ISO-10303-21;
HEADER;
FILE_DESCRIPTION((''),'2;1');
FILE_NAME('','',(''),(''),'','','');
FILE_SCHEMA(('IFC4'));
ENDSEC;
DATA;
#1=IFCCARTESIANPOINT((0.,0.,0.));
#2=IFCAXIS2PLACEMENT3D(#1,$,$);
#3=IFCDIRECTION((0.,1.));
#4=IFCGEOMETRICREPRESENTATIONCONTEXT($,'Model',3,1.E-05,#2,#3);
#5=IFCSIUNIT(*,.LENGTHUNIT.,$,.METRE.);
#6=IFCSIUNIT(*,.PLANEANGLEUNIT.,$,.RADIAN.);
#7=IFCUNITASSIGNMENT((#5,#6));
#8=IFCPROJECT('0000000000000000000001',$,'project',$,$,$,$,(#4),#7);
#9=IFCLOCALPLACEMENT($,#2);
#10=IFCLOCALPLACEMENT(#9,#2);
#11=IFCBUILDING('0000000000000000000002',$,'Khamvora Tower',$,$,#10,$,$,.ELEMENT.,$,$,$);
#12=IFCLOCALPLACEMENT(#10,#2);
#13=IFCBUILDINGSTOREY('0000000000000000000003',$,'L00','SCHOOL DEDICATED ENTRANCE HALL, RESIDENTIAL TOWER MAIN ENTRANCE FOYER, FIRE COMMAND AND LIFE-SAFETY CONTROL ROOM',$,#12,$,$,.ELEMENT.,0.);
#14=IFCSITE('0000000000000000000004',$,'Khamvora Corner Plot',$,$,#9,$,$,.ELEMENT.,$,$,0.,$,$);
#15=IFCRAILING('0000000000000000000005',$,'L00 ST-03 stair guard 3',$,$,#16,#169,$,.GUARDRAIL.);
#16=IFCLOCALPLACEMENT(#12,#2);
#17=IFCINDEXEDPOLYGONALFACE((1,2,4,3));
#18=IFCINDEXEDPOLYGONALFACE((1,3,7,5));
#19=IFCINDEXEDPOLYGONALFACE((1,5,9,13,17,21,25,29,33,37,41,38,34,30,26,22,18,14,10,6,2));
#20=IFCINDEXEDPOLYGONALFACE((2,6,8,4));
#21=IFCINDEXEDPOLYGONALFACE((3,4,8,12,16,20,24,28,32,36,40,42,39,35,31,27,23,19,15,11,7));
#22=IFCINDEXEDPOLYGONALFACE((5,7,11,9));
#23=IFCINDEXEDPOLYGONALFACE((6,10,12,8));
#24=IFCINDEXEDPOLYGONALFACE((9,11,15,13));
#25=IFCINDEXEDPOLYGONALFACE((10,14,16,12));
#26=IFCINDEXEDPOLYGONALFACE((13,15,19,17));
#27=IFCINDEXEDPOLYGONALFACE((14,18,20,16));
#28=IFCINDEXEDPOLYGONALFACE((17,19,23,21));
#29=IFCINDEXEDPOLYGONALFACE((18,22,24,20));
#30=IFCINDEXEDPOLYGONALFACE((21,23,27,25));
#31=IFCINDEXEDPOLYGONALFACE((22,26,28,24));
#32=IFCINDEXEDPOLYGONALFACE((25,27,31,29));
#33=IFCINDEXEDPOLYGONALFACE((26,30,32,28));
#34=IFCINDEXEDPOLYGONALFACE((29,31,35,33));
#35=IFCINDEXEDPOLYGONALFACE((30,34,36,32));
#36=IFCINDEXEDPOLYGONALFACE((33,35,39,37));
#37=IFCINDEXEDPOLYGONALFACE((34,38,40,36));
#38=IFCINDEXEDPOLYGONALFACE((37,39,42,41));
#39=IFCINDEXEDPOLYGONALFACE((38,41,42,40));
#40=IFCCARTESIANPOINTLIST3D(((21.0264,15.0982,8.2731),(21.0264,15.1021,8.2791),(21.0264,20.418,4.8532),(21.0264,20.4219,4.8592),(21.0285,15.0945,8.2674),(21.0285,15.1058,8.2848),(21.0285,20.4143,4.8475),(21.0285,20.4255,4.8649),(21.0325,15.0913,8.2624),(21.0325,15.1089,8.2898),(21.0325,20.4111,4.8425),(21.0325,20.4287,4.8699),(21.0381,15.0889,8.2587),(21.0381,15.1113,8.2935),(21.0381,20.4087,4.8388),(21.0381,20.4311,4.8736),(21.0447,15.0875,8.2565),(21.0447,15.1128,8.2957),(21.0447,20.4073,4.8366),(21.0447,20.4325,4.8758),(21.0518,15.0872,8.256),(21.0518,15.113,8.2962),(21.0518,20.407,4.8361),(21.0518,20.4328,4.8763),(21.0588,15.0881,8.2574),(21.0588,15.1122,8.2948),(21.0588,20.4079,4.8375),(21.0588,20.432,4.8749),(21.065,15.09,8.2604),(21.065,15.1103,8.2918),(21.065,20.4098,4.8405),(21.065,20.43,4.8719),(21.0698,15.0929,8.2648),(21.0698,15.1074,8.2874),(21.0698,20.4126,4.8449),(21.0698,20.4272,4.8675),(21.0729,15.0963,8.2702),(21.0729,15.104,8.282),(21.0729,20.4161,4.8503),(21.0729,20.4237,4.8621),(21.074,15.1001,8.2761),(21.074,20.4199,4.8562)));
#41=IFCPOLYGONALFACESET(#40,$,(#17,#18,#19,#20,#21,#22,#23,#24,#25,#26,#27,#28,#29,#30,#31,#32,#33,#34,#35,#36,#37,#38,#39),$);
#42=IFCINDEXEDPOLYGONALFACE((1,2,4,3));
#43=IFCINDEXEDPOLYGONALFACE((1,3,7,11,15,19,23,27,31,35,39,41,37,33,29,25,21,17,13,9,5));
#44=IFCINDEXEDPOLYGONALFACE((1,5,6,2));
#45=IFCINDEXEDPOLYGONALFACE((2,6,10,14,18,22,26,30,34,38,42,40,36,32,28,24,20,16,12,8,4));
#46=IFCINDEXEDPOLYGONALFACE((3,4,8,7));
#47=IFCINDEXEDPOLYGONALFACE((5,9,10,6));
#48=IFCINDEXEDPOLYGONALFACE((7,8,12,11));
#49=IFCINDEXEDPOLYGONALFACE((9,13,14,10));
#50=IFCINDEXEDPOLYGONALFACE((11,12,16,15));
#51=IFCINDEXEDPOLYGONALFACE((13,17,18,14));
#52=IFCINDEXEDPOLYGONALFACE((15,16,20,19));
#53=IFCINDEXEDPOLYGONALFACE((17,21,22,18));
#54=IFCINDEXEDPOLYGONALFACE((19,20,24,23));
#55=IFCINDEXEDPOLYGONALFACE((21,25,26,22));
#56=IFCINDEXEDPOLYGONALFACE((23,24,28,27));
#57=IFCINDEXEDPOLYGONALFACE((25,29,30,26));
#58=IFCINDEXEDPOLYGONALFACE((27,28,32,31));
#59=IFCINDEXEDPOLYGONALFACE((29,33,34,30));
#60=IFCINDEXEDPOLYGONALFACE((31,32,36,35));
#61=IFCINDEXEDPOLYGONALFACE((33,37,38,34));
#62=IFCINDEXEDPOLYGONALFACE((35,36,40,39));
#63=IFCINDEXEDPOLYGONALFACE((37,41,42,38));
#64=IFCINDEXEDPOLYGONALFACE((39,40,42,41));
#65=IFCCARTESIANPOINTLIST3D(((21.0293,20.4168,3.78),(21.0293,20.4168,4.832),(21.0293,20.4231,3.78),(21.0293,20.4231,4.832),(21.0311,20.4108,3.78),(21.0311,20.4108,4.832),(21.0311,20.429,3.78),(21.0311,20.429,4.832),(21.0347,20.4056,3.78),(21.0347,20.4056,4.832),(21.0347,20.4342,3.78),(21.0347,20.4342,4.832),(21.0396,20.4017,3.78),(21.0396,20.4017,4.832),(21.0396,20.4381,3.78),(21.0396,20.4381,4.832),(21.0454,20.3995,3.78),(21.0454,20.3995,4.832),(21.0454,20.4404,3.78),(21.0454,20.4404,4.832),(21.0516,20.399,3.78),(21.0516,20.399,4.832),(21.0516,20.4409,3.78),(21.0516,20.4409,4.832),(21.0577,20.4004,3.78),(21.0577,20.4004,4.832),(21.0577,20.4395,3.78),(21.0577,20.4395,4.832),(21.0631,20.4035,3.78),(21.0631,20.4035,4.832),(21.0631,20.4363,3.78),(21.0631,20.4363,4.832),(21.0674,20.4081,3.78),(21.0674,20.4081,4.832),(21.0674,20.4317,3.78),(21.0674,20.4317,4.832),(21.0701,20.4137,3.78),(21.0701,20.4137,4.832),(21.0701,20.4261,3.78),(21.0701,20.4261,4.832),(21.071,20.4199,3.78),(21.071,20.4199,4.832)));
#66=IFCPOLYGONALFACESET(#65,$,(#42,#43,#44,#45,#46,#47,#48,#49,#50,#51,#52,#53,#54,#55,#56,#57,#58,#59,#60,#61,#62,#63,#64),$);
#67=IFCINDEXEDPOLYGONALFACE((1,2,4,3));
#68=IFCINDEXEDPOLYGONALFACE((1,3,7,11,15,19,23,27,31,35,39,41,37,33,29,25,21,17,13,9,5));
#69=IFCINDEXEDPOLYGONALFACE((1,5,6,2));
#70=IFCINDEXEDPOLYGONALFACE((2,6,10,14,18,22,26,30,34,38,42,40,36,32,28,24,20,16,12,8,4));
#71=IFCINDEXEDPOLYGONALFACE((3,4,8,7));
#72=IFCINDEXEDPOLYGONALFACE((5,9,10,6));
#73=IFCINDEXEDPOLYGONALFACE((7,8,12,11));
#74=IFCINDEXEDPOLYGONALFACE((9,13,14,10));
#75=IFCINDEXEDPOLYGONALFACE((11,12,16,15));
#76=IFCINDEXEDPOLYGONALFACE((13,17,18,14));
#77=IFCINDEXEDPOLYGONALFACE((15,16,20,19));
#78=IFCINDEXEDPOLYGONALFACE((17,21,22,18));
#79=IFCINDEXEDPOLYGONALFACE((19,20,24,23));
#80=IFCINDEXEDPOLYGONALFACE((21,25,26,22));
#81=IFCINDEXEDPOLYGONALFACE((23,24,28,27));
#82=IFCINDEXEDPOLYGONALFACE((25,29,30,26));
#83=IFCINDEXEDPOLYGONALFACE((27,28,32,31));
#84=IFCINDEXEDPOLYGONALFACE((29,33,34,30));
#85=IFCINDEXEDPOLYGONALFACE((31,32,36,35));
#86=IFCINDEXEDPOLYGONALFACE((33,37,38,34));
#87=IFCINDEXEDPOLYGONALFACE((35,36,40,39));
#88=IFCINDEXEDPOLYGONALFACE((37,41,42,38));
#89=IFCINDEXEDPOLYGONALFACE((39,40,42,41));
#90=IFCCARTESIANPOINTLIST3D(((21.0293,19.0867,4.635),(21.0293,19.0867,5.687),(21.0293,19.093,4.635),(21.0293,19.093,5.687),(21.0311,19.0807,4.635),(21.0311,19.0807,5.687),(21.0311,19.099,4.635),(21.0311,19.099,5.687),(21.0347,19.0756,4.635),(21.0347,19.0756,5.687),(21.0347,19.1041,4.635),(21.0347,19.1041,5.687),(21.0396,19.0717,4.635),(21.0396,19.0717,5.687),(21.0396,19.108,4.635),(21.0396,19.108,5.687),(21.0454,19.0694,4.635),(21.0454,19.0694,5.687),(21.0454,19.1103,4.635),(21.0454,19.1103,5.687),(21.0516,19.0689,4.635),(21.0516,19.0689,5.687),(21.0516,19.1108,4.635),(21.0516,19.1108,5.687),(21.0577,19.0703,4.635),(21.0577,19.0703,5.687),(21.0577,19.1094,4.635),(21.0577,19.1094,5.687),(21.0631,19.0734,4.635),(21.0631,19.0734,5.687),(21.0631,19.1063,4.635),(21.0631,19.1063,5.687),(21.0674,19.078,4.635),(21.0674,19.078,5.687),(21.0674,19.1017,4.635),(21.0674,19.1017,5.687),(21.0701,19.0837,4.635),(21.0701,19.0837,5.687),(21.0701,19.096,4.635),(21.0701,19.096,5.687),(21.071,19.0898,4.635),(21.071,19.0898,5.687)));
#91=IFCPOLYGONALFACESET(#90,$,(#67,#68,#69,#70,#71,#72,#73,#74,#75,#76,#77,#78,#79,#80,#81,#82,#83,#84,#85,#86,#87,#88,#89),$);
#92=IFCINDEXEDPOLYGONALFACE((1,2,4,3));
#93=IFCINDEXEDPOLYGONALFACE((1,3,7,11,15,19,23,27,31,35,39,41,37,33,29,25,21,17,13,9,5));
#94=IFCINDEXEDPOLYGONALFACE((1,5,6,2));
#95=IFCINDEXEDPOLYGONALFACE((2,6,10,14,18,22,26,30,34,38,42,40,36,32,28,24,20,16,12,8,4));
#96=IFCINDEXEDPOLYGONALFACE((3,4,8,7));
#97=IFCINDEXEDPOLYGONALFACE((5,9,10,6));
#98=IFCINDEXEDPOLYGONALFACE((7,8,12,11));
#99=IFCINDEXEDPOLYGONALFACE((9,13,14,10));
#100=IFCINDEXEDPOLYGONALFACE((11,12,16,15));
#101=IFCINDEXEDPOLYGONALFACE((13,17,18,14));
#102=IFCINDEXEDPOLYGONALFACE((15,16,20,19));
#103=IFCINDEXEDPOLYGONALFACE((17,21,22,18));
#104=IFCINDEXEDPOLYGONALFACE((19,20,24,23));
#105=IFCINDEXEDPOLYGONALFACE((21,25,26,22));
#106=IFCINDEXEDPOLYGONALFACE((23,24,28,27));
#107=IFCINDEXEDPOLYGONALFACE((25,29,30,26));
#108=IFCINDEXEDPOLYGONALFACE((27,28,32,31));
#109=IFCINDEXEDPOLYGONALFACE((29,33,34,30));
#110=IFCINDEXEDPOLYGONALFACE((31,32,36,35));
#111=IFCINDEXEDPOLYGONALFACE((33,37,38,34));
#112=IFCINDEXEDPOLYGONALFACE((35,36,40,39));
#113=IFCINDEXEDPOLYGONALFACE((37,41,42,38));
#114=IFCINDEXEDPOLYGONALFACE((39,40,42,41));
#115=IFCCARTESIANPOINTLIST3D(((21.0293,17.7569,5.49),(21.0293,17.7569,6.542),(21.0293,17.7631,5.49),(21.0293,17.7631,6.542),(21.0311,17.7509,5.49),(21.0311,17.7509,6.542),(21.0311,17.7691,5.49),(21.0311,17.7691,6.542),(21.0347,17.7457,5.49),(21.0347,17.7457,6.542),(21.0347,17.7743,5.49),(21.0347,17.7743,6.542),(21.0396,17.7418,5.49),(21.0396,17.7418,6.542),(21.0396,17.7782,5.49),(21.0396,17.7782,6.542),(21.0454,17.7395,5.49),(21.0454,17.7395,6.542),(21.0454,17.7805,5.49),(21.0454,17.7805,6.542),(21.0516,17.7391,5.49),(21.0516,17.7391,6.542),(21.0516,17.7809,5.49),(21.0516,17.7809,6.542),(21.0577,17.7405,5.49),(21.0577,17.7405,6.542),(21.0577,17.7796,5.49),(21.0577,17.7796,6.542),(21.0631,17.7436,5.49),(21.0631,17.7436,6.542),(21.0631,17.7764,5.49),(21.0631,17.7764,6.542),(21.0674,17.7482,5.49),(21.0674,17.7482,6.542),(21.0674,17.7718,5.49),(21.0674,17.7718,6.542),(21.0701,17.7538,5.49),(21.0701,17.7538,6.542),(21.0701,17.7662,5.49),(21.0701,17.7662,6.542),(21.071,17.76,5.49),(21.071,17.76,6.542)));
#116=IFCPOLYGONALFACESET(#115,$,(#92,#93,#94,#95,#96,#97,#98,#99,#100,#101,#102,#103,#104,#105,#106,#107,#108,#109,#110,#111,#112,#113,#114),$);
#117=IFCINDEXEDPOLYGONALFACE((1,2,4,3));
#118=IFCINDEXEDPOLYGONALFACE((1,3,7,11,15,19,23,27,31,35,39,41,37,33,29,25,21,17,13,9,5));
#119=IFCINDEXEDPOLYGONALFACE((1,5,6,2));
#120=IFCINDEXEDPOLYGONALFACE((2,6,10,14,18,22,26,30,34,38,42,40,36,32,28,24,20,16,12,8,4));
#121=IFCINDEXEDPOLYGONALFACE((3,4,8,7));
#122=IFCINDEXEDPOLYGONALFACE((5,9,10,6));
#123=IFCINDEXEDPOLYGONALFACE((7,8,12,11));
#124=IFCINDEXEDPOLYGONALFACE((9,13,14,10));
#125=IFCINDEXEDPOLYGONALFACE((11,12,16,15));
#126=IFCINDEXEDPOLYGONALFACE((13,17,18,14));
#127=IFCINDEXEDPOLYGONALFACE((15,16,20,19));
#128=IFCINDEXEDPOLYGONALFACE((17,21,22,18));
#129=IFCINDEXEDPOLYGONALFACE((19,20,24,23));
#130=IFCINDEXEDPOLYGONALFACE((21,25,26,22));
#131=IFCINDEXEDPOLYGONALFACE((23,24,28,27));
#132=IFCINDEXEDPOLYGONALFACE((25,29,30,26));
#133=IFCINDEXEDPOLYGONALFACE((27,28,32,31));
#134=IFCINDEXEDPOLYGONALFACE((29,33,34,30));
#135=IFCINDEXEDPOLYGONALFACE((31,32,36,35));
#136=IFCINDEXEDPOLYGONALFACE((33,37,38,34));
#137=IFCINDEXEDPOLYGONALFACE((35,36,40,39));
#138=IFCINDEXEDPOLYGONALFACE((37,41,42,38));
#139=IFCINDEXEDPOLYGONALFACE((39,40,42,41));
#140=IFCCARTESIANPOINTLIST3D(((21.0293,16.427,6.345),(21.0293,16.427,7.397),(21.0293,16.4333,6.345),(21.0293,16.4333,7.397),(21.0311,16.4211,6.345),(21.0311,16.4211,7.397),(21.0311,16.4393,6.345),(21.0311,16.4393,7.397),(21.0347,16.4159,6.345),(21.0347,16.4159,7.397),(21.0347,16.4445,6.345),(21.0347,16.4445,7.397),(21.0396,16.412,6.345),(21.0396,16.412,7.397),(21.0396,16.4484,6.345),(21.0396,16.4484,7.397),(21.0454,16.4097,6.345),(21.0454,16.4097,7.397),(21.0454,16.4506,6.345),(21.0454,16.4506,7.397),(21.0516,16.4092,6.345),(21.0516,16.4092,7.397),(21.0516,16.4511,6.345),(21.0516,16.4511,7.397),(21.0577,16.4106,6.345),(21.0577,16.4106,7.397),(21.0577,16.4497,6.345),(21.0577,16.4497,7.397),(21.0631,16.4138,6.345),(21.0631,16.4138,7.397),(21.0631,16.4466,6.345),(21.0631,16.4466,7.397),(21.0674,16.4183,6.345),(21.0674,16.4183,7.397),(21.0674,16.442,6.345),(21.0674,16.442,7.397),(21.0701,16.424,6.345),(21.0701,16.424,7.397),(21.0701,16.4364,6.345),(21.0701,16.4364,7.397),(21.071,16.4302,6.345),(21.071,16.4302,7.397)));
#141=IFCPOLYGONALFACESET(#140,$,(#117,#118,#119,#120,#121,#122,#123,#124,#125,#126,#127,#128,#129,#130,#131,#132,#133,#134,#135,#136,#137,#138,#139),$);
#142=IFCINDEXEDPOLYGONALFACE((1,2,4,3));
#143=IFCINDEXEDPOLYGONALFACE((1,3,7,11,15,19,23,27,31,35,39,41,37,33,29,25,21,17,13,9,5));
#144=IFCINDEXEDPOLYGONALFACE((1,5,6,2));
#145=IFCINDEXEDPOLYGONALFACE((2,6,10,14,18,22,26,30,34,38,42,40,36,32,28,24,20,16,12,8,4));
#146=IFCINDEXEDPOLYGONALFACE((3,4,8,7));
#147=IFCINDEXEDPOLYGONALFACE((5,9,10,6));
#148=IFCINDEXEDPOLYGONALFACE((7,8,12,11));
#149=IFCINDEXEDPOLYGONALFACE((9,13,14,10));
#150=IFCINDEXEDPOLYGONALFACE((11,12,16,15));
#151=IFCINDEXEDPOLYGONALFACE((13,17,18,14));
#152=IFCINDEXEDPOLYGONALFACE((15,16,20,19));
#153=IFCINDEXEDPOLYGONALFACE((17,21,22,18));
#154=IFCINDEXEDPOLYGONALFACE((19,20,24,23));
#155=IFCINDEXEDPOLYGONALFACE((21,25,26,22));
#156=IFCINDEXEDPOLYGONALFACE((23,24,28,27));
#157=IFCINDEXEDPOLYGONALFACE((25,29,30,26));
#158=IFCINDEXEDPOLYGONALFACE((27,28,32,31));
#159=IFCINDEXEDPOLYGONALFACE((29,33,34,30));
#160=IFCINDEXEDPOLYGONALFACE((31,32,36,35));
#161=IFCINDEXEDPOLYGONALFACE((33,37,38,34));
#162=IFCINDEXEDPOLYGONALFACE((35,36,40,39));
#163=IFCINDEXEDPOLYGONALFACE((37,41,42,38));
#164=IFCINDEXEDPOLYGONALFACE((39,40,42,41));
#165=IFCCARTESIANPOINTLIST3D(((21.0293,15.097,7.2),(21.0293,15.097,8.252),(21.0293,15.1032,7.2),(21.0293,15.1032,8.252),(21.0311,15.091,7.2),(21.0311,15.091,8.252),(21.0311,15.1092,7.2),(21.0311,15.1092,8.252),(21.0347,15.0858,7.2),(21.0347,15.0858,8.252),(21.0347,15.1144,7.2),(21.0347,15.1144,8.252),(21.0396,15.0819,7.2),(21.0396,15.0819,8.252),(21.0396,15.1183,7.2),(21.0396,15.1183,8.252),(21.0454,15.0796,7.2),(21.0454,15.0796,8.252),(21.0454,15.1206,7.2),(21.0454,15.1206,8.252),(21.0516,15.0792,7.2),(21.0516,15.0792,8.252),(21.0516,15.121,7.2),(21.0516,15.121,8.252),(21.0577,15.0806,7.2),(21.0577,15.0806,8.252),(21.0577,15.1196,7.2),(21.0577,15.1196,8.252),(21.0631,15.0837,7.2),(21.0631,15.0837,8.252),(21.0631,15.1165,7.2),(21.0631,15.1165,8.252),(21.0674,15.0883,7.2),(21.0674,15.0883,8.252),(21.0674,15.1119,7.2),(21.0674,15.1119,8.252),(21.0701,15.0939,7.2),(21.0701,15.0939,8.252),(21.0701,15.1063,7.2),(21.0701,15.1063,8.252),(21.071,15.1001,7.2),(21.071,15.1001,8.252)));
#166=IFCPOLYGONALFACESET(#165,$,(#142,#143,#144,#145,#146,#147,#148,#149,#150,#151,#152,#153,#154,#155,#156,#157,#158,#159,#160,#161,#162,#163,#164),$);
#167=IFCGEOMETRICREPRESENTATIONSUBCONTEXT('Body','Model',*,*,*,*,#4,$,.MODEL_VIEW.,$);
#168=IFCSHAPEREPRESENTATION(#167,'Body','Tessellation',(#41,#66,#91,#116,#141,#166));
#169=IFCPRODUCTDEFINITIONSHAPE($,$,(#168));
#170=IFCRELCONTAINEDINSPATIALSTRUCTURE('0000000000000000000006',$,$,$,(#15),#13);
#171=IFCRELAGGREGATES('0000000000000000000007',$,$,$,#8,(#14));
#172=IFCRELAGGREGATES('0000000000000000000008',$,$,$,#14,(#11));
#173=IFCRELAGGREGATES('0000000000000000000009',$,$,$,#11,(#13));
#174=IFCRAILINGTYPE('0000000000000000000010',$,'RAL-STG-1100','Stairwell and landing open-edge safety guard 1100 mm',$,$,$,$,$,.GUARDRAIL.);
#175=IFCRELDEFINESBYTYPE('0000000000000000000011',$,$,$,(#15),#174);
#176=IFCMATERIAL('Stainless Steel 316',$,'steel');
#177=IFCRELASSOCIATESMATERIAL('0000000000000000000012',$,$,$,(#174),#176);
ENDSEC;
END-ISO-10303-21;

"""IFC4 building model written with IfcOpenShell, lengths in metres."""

from ifc_helpers import new_model, si_unit, direction, frame, origin, origin_2d, place, context, subcontext, project, spatial, circle, extrude, material, type_object, element, save


model = new_model("IFC4")

# Units and contexts
model_context = context("Model", 3, precision=1e-05, world=origin(), true_north=direction((0.0, 1.0)))
body_context = subcontext(model_context, "Body", "Model", "MODEL_VIEW")
ifc_project = project(units=[si_unit("LENGTHUNIT", "METRE"), si_unit("PLANEANGLEUNIT", "RADIAN")], contexts=[model_context])

# Site, building, storey
site_placement = place(None, origin())
site = spatial("IfcSite", under=ifc_project, at=site_placement, Name="Khamvora Corner Plot", CompositionType="ELEMENT", RefElevation=0.0)
building_placement = place(site_placement, origin())
building = spatial("IfcBuilding", under=site, at=building_placement, Name="Khamvora Tower", CompositionType="ELEMENT")
storey_placement = place(building_placement, origin())
storey = spatial("IfcBuildingStorey", under=building, at=storey_placement, Name="L00", Description="SCHOOL DEDICATED ENTRANCE HALL, RESIDENTIAL TOWER MAIN ENTRANCE FOYER, FIRE COMMAND AND LIFE-SAFETY CONTROL ROOM", CompositionType="ELEMENT", Elevation=0.0)

# Railing
ifc_material_1 = material(Name="Stainless Steel 316", Category="steel")
railing_type_1 = type_object("IfcRailingType", Name="RAL-STG-1100", Description="Stairwell and landing open-edge safety guard 1100 mm", PredefinedType="GUARDRAIL", material=ifc_material_1)
railing_1_placement = place(storey_placement, frame((21.05, 20.4199, 3.78)))
element("IfcRailing", 1, at=railing_1_placement, inside=storey, type_object=railing_type_1, Name="L00 ST-03 stair guard 3", PredefinedType="GUARDRAIL", context=body_context, shape_type="SweptSolid", body=[
    extrude(circle(Radius=0.0239, at=origin_2d()), frame((0.0, 0.0, 1.0762), z_axis=(0.0, -0.841176, 0.540761), x_axis=(1.0, 0.0, 0.0)), (0.0, 0.0, 1.0), 6.3242),
    extrude(circle(Radius=0.021, at=origin_2d()), origin(), (0.0, 0.0, 1.0), 1.052),
    extrude(circle(Radius=0.021, at=origin_2d()), frame((0.0, -1.3301, 0.855)), (0.0, 0.0, 1.0), 1.052),
    extrude(circle(Radius=0.021, at=origin_2d()), frame((0.0, -2.6599, 1.71)), (0.0, 0.0, 1.0), 1.052),
    extrude(circle(Radius=0.021, at=origin_2d()), frame((0.0, -3.9897, 2.5649)), (0.0, 0.0, 1.0), 1.052),
    extrude(circle(Radius=0.021, at=origin_2d()), frame((0.0, -5.3198, 3.4199)), (0.0, 0.0, 1.0), 1.052),
])

save(model, "model.ifc")
